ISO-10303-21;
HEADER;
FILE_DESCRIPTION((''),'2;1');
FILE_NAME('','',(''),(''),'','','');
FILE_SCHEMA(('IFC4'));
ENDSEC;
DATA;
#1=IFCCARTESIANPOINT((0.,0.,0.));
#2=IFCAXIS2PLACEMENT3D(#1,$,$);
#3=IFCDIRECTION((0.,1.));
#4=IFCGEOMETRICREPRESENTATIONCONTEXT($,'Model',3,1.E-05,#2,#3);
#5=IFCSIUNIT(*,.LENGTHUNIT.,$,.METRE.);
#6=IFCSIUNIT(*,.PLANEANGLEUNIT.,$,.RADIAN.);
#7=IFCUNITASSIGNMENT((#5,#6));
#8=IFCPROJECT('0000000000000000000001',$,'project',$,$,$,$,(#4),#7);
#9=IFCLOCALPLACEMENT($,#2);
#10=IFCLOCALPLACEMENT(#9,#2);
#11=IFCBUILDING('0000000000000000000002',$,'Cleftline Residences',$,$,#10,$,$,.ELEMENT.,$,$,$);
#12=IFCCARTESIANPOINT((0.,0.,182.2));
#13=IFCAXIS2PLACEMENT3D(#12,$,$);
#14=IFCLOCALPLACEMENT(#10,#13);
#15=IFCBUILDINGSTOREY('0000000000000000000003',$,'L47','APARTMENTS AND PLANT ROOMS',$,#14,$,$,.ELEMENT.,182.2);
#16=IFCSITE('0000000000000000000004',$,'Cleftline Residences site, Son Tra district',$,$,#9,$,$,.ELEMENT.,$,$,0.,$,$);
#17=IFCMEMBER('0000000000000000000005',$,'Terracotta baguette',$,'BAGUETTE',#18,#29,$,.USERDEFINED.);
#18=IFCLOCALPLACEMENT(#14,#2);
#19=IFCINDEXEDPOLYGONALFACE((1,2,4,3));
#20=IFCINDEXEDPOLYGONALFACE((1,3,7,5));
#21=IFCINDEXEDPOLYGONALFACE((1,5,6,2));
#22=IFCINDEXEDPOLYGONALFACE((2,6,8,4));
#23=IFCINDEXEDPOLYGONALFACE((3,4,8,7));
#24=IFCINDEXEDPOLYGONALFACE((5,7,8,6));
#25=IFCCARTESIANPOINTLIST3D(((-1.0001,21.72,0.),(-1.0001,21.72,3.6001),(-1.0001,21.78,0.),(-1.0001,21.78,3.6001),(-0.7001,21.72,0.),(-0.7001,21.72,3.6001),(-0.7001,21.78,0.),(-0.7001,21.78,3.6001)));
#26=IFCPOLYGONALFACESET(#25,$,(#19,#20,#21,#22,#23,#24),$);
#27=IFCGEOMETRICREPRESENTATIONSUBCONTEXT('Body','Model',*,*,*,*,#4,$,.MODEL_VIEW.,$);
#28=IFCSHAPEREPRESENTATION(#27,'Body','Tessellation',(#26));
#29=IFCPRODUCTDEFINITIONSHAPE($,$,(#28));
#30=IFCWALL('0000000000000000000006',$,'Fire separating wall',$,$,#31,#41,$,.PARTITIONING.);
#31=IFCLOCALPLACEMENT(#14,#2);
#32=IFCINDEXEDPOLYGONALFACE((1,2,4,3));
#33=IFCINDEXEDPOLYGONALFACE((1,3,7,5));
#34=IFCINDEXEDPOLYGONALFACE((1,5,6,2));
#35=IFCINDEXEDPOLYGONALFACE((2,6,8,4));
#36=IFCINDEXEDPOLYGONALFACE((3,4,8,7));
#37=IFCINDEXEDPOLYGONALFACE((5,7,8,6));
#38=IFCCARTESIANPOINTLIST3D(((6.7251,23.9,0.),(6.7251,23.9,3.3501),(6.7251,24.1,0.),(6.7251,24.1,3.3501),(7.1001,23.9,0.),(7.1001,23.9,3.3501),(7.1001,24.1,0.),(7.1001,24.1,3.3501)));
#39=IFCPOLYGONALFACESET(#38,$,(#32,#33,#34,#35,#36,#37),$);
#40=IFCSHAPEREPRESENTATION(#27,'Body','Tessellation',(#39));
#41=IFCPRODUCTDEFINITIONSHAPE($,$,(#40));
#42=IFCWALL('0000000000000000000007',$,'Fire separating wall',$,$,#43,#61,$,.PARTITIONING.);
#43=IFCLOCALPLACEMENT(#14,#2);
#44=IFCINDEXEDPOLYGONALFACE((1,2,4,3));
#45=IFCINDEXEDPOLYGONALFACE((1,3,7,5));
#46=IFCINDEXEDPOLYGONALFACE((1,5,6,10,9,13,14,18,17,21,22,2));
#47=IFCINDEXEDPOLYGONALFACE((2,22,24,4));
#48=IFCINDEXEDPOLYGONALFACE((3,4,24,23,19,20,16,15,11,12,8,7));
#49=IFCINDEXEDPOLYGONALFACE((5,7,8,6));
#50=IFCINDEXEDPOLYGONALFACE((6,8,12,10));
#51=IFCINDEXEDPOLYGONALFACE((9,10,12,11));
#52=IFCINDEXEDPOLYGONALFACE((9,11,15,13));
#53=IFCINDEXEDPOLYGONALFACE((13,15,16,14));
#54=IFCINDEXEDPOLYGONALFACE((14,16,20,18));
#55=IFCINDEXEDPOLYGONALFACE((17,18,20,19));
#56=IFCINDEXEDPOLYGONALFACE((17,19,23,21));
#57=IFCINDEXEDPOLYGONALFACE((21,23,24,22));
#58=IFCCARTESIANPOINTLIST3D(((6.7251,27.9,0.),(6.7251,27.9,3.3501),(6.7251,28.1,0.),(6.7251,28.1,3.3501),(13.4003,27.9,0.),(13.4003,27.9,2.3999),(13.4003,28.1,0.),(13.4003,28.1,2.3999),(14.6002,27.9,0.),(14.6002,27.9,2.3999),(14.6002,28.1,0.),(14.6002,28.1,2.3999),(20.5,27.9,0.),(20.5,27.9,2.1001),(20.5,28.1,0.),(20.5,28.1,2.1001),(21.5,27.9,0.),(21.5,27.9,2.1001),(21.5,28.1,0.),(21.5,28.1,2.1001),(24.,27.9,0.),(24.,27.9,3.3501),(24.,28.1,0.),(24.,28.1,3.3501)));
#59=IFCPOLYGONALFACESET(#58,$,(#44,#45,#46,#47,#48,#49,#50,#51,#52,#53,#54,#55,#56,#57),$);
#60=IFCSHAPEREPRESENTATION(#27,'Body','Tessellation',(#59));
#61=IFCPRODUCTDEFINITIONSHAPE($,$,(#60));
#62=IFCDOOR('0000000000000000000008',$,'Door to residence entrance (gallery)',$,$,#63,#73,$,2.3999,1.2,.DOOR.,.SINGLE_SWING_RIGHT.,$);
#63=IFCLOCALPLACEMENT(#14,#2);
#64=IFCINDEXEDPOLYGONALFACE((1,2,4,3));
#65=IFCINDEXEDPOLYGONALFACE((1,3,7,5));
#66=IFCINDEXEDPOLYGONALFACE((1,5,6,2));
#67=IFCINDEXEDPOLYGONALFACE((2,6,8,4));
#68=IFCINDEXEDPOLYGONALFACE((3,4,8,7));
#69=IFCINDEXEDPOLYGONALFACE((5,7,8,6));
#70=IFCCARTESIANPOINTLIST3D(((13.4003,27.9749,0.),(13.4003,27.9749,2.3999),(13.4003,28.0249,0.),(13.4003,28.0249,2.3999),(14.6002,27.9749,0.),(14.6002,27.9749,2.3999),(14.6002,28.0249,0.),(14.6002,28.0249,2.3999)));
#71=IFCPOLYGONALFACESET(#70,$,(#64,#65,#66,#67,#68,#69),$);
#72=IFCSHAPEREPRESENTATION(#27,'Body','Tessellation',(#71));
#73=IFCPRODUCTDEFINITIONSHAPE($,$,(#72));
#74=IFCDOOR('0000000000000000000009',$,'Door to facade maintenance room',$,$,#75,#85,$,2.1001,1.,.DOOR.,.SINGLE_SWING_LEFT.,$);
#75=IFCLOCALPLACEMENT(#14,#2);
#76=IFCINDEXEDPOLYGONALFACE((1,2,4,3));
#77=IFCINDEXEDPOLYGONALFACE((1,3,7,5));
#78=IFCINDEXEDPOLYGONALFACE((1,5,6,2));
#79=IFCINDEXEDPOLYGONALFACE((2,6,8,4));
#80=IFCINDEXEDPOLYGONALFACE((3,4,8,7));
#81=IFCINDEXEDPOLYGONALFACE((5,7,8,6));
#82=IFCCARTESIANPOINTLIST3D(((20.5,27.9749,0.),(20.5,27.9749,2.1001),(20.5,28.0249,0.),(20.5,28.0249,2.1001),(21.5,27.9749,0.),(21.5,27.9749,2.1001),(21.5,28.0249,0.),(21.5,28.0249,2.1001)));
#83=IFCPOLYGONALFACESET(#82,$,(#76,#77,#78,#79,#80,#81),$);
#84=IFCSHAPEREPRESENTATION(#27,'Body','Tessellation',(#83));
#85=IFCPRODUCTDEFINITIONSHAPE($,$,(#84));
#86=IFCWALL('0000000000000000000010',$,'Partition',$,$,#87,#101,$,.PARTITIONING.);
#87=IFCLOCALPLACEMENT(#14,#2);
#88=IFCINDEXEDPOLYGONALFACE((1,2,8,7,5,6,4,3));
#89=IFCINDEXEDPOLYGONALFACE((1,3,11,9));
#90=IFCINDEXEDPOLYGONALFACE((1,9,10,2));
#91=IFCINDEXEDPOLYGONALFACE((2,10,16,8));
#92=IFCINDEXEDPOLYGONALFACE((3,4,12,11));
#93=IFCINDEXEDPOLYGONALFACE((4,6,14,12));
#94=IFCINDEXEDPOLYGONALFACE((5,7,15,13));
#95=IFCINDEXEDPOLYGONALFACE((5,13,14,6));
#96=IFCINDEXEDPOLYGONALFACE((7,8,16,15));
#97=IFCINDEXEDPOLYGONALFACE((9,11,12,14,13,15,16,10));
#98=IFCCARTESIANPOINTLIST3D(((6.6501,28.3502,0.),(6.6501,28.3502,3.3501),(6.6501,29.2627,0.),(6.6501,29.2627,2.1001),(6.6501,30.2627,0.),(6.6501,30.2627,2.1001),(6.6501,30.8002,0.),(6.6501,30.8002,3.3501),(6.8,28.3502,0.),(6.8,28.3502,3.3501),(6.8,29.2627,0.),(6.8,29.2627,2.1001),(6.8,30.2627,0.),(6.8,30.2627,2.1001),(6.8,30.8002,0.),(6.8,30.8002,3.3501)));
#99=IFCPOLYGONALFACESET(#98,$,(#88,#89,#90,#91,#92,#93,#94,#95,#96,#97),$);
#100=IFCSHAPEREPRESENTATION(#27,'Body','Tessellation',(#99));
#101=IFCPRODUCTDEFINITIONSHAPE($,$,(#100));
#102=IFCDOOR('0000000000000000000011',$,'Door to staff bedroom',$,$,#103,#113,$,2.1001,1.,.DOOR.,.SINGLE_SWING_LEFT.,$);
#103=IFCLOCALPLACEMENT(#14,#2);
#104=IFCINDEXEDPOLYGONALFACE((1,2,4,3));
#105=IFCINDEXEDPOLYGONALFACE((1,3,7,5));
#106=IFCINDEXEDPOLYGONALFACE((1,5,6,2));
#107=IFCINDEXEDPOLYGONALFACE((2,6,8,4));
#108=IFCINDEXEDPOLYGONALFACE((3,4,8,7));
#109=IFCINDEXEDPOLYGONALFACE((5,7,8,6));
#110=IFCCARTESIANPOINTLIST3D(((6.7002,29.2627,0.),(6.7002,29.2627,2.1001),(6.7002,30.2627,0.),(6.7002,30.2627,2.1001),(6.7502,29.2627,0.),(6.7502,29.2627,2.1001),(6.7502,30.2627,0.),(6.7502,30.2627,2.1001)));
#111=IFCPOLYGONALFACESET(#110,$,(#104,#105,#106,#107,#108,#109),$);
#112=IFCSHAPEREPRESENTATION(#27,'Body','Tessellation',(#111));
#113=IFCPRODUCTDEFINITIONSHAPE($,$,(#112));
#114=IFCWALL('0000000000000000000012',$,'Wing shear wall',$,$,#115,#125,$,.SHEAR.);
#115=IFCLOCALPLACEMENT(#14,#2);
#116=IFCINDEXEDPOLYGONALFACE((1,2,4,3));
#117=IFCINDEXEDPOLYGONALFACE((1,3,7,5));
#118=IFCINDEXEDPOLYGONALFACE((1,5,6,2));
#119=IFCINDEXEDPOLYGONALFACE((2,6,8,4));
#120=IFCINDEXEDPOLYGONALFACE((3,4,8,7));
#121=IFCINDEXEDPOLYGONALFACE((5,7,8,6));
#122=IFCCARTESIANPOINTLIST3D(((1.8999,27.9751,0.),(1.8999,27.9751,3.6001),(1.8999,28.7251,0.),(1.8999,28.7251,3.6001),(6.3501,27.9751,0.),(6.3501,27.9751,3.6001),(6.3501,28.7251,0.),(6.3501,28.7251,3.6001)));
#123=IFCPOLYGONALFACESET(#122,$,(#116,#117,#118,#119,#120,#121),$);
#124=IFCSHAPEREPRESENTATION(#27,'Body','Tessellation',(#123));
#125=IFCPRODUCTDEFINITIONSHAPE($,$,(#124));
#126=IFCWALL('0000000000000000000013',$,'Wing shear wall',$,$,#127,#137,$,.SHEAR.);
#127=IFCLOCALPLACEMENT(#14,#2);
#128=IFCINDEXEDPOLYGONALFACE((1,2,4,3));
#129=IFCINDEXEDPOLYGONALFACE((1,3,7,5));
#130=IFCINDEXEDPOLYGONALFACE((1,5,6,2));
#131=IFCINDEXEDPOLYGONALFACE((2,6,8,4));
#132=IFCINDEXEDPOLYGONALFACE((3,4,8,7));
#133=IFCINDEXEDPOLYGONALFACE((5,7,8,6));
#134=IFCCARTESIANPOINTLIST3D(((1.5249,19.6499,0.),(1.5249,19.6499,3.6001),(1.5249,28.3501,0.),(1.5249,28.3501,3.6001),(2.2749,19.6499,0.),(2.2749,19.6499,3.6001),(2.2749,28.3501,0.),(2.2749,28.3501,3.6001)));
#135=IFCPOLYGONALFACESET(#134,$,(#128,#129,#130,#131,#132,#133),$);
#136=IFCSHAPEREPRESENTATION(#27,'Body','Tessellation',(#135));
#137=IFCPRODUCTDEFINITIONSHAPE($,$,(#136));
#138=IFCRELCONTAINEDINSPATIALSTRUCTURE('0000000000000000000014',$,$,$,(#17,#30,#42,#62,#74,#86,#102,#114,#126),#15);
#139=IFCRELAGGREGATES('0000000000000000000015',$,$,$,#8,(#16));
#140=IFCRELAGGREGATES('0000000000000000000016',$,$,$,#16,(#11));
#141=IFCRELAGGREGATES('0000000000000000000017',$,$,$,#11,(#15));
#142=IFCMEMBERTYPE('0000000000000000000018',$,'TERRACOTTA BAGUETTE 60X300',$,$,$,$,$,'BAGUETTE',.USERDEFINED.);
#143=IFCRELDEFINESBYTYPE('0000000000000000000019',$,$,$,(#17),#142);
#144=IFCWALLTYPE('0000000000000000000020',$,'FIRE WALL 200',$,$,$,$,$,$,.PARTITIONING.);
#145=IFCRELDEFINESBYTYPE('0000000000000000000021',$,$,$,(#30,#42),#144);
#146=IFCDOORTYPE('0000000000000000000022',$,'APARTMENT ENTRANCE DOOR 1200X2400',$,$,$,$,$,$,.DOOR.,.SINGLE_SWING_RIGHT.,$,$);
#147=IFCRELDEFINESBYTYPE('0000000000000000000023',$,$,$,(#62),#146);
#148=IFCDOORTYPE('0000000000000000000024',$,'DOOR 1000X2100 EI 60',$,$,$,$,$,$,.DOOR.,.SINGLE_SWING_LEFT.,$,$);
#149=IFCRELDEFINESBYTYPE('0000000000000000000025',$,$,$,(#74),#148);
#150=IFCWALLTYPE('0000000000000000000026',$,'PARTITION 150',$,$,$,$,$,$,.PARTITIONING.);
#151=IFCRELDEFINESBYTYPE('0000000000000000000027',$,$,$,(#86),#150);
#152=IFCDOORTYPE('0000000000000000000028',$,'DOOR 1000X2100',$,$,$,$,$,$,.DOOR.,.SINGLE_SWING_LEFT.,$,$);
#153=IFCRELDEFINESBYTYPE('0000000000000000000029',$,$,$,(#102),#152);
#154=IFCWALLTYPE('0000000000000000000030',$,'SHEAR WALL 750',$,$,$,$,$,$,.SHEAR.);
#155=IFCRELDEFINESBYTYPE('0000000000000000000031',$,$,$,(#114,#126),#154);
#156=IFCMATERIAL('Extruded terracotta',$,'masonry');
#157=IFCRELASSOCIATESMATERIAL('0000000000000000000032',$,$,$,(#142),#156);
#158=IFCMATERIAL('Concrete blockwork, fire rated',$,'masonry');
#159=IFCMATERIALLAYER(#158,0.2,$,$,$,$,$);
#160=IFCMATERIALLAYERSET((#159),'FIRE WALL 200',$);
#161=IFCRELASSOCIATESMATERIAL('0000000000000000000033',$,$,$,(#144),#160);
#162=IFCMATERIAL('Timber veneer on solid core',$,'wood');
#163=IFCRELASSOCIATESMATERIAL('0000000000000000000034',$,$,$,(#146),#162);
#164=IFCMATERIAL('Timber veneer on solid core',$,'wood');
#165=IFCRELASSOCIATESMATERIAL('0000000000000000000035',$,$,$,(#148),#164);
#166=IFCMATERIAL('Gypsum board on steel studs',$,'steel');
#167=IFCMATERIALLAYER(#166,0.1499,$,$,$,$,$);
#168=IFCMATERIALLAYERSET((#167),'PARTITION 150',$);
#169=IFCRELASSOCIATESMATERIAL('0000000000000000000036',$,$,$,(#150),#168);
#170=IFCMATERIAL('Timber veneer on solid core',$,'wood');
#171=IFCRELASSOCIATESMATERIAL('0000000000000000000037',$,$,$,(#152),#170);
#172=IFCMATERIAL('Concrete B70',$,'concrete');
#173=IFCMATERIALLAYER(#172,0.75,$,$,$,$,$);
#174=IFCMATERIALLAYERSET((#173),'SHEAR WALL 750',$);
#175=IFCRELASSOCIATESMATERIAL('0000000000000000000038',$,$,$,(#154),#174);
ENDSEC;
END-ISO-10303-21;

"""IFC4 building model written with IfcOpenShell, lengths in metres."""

from ifc_helpers import new_model, si_unit, direction, frame, frame_2d, origin, origin_2d, place, context, subcontext, project, spatial, rectangle, extrude, material, layer, layer_set, material_profile, profile_set, type_object, element, fill, save


model = new_model("IFC4")

# Units and contexts
model_context = context("Model", 3, precision=1e-05, world=origin(), true_north=direction((0.0, 1.0)))
body_context = subcontext(model_context, "Body", "Model", "MODEL_VIEW")
ifc_project = project(units=[si_unit("LENGTHUNIT", "METRE"), si_unit("PLANEANGLEUNIT", "RADIAN")], contexts=[model_context])

# Site, building, storey
site_placement = place(None, origin())
site = spatial("IfcSite", under=ifc_project, at=site_placement, Name="Cleftline Residences site, Son Tra district", CompositionType="ELEMENT", RefElevation=0.0)
building_placement = place(site_placement, origin())
building = spatial("IfcBuilding", under=site, at=building_placement, Name="Cleftline Residences", CompositionType="ELEMENT")
storey_placement = place(building_placement, frame((0.0, 0.0, 182.2)))
storey = spatial("IfcBuildingStorey", under=building, at=storey_placement, Name="L47", Description="APARTMENTS AND PLANT ROOMS", CompositionType="ELEMENT", Elevation=182.2)

# Member
ifc_material_1 = material(Name="Extruded terracotta", Category="masonry")
ifc_material_profile_1 = material_profile(ifc_material_1, rectangle(XDim=0.0601, YDim=0.3, at=origin_2d()))
ifc_profile_set_1 = profile_set([ifc_material_profile_1], Name="Extruded terracotta")
member_type_1 = type_object("IfcMemberType", Name="TERRACOTTA BAGUETTE 60X300", ElementType="BAGUETTE", PredefinedType="USERDEFINED", material=ifc_profile_set_1)
for number, where, z_axis, x_axis, name in (
    (1, (-0.8501, 21.75, 0.0), (0.0, 0.0, 1.0), (0.0, 1.0, 0.0), "Terracotta baguette"),
):
    element("IfcMember", number, at=place(storey_placement, frame(where, z_axis=z_axis, x_axis=x_axis)), inside=storey, type_object=member_type_1, Name=name, ObjectType="BAGUETTE", PredefinedType="USERDEFINED", context=body_context, shape_type="SweptSolid", body=[
        extrude(rectangle(XDim=0.0601, YDim=0.3, at=origin_2d()), origin(), (0.0, 0.0, 1.0), 3.6001),
    ])

# Wall
ifc_material_2 = material(Name="Concrete blockwork, fire rated", Category="masonry")
ifc_layer_1 = layer(ifc_material_2, 0.2)
ifc_layer_set_1 = layer_set([ifc_layer_1], Name="FIRE WALL 200")
wall_type_1 = type_object("IfcWallType", Name="FIRE WALL 200", PredefinedType="PARTITIONING", material=ifc_layer_set_1)
wall_1_placement = place(storey_placement, frame((6.7251, 24.0, 0.0), z_axis=(0.0, 0.0, 1.0), x_axis=(1.0, 0.0, 0.0)))
element("IfcWall", 2, at=wall_1_placement, inside=storey, type_object=wall_type_1, Name="Fire separating wall", PredefinedType="PARTITIONING", context=body_context, shape_type="SweptSolid", body=[
    extrude(rectangle(XDim=0.375, YDim=0.2, at=frame_2d((0.1875, 0.0))), origin(), (0.0, 0.0, 1.0), 3.3501),
])

# Wall, openings, doors
wall_2_placement = place(storey_placement, frame((6.7251, 28.0, 0.0), z_axis=(0.0, 0.0, 1.0), x_axis=(1.0, 0.0, 0.0)))
wall_2 = element("IfcWall", 3, at=wall_2_placement, inside=storey, type_object=wall_type_1, Name="Fire separating wall", PredefinedType="PARTITIONING", context=body_context, shape_type="SweptSolid", body=[
    extrude(rectangle(XDim=17.2749, YDim=0.2, at=frame_2d((8.6375, 0.0))), origin(), (0.0, 0.0, 1.0), 3.3501),
])
opening_1_placement = place(wall_2_placement, frame((6.675, 0.0, 0.0)))
opening_1 = element("IfcOpeningElement", 4, at=opening_1_placement, cuts=wall_2, PredefinedType="OPENING", context=body_context, shape_type="SweptSolid", body=[
    extrude(rectangle(XDim=1.2, YDim=2.3999, at=frame_2d((0.6001, 1.2))), frame((0.0, 0.1099, 0.0), z_axis=(0.0, -1.0, 0.0), x_axis=(1.0, 0.0, 0.0)), (0.0, 0.0, 1.0), 0.22),
])
opening_2_placement = place(wall_2_placement, frame((13.7749, 0.0, 0.0)))
opening_2 = element("IfcOpeningElement", 5, at=opening_2_placement, cuts=wall_2, PredefinedType="OPENING", context=body_context, shape_type="SweptSolid", body=[
    extrude(rectangle(XDim=1.0, YDim=2.1001, at=frame_2d((0.5, 1.05))), frame((0.0, 0.1099, 0.0), z_axis=(0.0, -1.0, 0.0), x_axis=(1.0, 0.0, 0.0)), (0.0, 0.0, 1.0), 0.22),
])
ifc_material_3 = material(Name="Timber veneer on solid core", Category="wood")
door_type_1 = type_object("IfcDoorType", Name="APARTMENT ENTRANCE DOOR 1200X2400", OperationType="SINGLE_SWING_RIGHT", PredefinedType="DOOR", material=ifc_material_3)
door_1_placement = place(opening_1_placement, origin())
door_1 = element("IfcDoor", 6, at=door_1_placement, inside=storey, type_object=door_type_1, Name="Door to residence entrance (gallery)", OperationType="SINGLE_SWING_RIGHT", OverallHeight=2.3999, OverallWidth=1.2, PredefinedType="DOOR", context=body_context, shape_type="SweptSolid", body=[
    extrude(rectangle(XDim=1.2, YDim=2.3999, at=frame_2d((0.6001, 1.2))), frame((0.0, 0.0249, 0.0), z_axis=(0.0, -1.0, 0.0), x_axis=(1.0, 0.0, 0.0)), (0.0, 0.0, 1.0), 0.05),
])
fill(opening_1, door_1)
ifc_material_4 = material(Name="Timber veneer on solid core", Category="wood")
door_type_2 = type_object("IfcDoorType", Name="DOOR 1000X2100 EI 60", OperationType="SINGLE_SWING_LEFT", PredefinedType="DOOR", material=ifc_material_4)
door_2_placement = place(opening_2_placement, origin())
door_2 = element("IfcDoor", 7, at=door_2_placement, inside=storey, type_object=door_type_2, Name="Door to facade maintenance room", OperationType="SINGLE_SWING_LEFT", OverallHeight=2.1001, OverallWidth=1.0, PredefinedType="DOOR", context=body_context, shape_type="SweptSolid", body=[
    extrude(rectangle(XDim=1.0, YDim=2.1001, at=frame_2d((0.5, 1.05))), frame((0.0, 0.0249, 0.0), z_axis=(0.0, -1.0, 0.0), x_axis=(1.0, 0.0, 0.0)), (0.0, 0.0, 1.0), 0.05),
])
fill(opening_2, door_2)

# Wall, opening, door
ifc_material_5 = material(Name="Gypsum board on steel studs", Category="steel")
ifc_layer_2 = layer(ifc_material_5, 0.1499)
ifc_layer_set_2 = layer_set([ifc_layer_2], Name="PARTITION 150")
wall_type_2 = type_object("IfcWallType", Name="PARTITION 150", PredefinedType="PARTITIONING", material=ifc_layer_set_2)
wall_3_placement = place(storey_placement, frame((6.7251, 28.3501, 0.0), z_axis=(0.0, 0.0, 1.0), x_axis=(0.0, 1.0, 0.0)))
wall_3 = element("IfcWall", 8, at=wall_3_placement, inside=storey, type_object=wall_type_2, Name="Partition", PredefinedType="PARTITIONING", context=body_context, shape_type="SweptSolid", body=[
    extrude(rectangle(XDim=2.45, YDim=0.1499, at=frame_2d((1.2251, 0.0))), origin(), (0.0, 0.0, 1.0), 3.3501),
])
opening_3_placement = place(wall_3_placement, frame((0.9126, 0.0, 0.0)))
opening_3 = element("IfcOpeningElement", 9, at=opening_3_placement, cuts=wall_3, PredefinedType="OPENING", context=body_context, shape_type="SweptSolid", body=[
    extrude(rectangle(XDim=1.0, YDim=2.1001, at=frame_2d((0.5, 1.05))), frame((0.0, 0.085, 0.0), z_axis=(0.0, -1.0, 0.0), x_axis=(1.0, 0.0, 0.0)), (0.0, 0.0, 1.0), 0.1699),
])
ifc_material_6 = material(Name="Timber veneer on solid core", Category="wood")
door_type_3 = type_object("IfcDoorType", Name="DOOR 1000X2100", OperationType="SINGLE_SWING_LEFT", PredefinedType="DOOR", material=ifc_material_6)
door_3_placement = place(opening_3_placement, origin())
door_3 = element("IfcDoor", 10, at=door_3_placement, inside=storey, type_object=door_type_3, Name="Door to staff bedroom", OperationType="SINGLE_SWING_LEFT", OverallHeight=2.1001, OverallWidth=1.0, PredefinedType="DOOR", context=body_context, shape_type="SweptSolid", body=[
    extrude(rectangle(XDim=1.0, YDim=2.1001, at=frame_2d((0.5, 1.05))), frame((0.0, 0.0249, 0.0), z_axis=(0.0, -1.0, 0.0), x_axis=(1.0, 0.0, 0.0)), (0.0, 0.0, 1.0), 0.05),
])
fill(opening_3, door_3)

# Walls
ifc_material_7 = material(Name="Concrete B70", Category="concrete")
ifc_layer_3 = layer(ifc_material_7, 0.75)
ifc_layer_set_3 = layer_set([ifc_layer_3], Name="SHEAR WALL 750")
wall_type_3 = type_object("IfcWallType", Name="SHEAR WALL 750", PredefinedType="SHEAR", material=ifc_layer_set_3)
wall_4_placement = place(storey_placement, frame((6.3501, 28.3501, 0.0), z_axis=(0.0, 0.0, 1.0), x_axis=(-1.0, 0.0, 0.0)))
element("IfcWall", 11, at=wall_4_placement, inside=storey, type_object=wall_type_3, Name="Wing shear wall", PredefinedType="SHEAR", context=body_context, shape_type="SweptSolid", body=[
    extrude(rectangle(XDim=4.4502, YDim=0.75, at=frame_2d((2.2251, 0.0))), origin(), (0.0, 0.0, 1.0), 3.6001),
])
wall_5_placement = place(storey_placement, frame((1.8999, 28.3501, 0.0), z_axis=(0.0, 0.0, 1.0), x_axis=(0.0, -1.0, 0.0)))
element("IfcWall", 12, at=wall_5_placement, inside=storey, type_object=wall_type_3, Name="Wing shear wall", PredefinedType="SHEAR", context=body_context, shape_type="SweptSolid", body=[
    extrude(rectangle(XDim=8.7002, YDim=0.75, at=frame_2d((4.3501, 0.0))), origin(), (0.0, 0.0, 1.0), 3.6001),
])

save(model, "model.ifc")
